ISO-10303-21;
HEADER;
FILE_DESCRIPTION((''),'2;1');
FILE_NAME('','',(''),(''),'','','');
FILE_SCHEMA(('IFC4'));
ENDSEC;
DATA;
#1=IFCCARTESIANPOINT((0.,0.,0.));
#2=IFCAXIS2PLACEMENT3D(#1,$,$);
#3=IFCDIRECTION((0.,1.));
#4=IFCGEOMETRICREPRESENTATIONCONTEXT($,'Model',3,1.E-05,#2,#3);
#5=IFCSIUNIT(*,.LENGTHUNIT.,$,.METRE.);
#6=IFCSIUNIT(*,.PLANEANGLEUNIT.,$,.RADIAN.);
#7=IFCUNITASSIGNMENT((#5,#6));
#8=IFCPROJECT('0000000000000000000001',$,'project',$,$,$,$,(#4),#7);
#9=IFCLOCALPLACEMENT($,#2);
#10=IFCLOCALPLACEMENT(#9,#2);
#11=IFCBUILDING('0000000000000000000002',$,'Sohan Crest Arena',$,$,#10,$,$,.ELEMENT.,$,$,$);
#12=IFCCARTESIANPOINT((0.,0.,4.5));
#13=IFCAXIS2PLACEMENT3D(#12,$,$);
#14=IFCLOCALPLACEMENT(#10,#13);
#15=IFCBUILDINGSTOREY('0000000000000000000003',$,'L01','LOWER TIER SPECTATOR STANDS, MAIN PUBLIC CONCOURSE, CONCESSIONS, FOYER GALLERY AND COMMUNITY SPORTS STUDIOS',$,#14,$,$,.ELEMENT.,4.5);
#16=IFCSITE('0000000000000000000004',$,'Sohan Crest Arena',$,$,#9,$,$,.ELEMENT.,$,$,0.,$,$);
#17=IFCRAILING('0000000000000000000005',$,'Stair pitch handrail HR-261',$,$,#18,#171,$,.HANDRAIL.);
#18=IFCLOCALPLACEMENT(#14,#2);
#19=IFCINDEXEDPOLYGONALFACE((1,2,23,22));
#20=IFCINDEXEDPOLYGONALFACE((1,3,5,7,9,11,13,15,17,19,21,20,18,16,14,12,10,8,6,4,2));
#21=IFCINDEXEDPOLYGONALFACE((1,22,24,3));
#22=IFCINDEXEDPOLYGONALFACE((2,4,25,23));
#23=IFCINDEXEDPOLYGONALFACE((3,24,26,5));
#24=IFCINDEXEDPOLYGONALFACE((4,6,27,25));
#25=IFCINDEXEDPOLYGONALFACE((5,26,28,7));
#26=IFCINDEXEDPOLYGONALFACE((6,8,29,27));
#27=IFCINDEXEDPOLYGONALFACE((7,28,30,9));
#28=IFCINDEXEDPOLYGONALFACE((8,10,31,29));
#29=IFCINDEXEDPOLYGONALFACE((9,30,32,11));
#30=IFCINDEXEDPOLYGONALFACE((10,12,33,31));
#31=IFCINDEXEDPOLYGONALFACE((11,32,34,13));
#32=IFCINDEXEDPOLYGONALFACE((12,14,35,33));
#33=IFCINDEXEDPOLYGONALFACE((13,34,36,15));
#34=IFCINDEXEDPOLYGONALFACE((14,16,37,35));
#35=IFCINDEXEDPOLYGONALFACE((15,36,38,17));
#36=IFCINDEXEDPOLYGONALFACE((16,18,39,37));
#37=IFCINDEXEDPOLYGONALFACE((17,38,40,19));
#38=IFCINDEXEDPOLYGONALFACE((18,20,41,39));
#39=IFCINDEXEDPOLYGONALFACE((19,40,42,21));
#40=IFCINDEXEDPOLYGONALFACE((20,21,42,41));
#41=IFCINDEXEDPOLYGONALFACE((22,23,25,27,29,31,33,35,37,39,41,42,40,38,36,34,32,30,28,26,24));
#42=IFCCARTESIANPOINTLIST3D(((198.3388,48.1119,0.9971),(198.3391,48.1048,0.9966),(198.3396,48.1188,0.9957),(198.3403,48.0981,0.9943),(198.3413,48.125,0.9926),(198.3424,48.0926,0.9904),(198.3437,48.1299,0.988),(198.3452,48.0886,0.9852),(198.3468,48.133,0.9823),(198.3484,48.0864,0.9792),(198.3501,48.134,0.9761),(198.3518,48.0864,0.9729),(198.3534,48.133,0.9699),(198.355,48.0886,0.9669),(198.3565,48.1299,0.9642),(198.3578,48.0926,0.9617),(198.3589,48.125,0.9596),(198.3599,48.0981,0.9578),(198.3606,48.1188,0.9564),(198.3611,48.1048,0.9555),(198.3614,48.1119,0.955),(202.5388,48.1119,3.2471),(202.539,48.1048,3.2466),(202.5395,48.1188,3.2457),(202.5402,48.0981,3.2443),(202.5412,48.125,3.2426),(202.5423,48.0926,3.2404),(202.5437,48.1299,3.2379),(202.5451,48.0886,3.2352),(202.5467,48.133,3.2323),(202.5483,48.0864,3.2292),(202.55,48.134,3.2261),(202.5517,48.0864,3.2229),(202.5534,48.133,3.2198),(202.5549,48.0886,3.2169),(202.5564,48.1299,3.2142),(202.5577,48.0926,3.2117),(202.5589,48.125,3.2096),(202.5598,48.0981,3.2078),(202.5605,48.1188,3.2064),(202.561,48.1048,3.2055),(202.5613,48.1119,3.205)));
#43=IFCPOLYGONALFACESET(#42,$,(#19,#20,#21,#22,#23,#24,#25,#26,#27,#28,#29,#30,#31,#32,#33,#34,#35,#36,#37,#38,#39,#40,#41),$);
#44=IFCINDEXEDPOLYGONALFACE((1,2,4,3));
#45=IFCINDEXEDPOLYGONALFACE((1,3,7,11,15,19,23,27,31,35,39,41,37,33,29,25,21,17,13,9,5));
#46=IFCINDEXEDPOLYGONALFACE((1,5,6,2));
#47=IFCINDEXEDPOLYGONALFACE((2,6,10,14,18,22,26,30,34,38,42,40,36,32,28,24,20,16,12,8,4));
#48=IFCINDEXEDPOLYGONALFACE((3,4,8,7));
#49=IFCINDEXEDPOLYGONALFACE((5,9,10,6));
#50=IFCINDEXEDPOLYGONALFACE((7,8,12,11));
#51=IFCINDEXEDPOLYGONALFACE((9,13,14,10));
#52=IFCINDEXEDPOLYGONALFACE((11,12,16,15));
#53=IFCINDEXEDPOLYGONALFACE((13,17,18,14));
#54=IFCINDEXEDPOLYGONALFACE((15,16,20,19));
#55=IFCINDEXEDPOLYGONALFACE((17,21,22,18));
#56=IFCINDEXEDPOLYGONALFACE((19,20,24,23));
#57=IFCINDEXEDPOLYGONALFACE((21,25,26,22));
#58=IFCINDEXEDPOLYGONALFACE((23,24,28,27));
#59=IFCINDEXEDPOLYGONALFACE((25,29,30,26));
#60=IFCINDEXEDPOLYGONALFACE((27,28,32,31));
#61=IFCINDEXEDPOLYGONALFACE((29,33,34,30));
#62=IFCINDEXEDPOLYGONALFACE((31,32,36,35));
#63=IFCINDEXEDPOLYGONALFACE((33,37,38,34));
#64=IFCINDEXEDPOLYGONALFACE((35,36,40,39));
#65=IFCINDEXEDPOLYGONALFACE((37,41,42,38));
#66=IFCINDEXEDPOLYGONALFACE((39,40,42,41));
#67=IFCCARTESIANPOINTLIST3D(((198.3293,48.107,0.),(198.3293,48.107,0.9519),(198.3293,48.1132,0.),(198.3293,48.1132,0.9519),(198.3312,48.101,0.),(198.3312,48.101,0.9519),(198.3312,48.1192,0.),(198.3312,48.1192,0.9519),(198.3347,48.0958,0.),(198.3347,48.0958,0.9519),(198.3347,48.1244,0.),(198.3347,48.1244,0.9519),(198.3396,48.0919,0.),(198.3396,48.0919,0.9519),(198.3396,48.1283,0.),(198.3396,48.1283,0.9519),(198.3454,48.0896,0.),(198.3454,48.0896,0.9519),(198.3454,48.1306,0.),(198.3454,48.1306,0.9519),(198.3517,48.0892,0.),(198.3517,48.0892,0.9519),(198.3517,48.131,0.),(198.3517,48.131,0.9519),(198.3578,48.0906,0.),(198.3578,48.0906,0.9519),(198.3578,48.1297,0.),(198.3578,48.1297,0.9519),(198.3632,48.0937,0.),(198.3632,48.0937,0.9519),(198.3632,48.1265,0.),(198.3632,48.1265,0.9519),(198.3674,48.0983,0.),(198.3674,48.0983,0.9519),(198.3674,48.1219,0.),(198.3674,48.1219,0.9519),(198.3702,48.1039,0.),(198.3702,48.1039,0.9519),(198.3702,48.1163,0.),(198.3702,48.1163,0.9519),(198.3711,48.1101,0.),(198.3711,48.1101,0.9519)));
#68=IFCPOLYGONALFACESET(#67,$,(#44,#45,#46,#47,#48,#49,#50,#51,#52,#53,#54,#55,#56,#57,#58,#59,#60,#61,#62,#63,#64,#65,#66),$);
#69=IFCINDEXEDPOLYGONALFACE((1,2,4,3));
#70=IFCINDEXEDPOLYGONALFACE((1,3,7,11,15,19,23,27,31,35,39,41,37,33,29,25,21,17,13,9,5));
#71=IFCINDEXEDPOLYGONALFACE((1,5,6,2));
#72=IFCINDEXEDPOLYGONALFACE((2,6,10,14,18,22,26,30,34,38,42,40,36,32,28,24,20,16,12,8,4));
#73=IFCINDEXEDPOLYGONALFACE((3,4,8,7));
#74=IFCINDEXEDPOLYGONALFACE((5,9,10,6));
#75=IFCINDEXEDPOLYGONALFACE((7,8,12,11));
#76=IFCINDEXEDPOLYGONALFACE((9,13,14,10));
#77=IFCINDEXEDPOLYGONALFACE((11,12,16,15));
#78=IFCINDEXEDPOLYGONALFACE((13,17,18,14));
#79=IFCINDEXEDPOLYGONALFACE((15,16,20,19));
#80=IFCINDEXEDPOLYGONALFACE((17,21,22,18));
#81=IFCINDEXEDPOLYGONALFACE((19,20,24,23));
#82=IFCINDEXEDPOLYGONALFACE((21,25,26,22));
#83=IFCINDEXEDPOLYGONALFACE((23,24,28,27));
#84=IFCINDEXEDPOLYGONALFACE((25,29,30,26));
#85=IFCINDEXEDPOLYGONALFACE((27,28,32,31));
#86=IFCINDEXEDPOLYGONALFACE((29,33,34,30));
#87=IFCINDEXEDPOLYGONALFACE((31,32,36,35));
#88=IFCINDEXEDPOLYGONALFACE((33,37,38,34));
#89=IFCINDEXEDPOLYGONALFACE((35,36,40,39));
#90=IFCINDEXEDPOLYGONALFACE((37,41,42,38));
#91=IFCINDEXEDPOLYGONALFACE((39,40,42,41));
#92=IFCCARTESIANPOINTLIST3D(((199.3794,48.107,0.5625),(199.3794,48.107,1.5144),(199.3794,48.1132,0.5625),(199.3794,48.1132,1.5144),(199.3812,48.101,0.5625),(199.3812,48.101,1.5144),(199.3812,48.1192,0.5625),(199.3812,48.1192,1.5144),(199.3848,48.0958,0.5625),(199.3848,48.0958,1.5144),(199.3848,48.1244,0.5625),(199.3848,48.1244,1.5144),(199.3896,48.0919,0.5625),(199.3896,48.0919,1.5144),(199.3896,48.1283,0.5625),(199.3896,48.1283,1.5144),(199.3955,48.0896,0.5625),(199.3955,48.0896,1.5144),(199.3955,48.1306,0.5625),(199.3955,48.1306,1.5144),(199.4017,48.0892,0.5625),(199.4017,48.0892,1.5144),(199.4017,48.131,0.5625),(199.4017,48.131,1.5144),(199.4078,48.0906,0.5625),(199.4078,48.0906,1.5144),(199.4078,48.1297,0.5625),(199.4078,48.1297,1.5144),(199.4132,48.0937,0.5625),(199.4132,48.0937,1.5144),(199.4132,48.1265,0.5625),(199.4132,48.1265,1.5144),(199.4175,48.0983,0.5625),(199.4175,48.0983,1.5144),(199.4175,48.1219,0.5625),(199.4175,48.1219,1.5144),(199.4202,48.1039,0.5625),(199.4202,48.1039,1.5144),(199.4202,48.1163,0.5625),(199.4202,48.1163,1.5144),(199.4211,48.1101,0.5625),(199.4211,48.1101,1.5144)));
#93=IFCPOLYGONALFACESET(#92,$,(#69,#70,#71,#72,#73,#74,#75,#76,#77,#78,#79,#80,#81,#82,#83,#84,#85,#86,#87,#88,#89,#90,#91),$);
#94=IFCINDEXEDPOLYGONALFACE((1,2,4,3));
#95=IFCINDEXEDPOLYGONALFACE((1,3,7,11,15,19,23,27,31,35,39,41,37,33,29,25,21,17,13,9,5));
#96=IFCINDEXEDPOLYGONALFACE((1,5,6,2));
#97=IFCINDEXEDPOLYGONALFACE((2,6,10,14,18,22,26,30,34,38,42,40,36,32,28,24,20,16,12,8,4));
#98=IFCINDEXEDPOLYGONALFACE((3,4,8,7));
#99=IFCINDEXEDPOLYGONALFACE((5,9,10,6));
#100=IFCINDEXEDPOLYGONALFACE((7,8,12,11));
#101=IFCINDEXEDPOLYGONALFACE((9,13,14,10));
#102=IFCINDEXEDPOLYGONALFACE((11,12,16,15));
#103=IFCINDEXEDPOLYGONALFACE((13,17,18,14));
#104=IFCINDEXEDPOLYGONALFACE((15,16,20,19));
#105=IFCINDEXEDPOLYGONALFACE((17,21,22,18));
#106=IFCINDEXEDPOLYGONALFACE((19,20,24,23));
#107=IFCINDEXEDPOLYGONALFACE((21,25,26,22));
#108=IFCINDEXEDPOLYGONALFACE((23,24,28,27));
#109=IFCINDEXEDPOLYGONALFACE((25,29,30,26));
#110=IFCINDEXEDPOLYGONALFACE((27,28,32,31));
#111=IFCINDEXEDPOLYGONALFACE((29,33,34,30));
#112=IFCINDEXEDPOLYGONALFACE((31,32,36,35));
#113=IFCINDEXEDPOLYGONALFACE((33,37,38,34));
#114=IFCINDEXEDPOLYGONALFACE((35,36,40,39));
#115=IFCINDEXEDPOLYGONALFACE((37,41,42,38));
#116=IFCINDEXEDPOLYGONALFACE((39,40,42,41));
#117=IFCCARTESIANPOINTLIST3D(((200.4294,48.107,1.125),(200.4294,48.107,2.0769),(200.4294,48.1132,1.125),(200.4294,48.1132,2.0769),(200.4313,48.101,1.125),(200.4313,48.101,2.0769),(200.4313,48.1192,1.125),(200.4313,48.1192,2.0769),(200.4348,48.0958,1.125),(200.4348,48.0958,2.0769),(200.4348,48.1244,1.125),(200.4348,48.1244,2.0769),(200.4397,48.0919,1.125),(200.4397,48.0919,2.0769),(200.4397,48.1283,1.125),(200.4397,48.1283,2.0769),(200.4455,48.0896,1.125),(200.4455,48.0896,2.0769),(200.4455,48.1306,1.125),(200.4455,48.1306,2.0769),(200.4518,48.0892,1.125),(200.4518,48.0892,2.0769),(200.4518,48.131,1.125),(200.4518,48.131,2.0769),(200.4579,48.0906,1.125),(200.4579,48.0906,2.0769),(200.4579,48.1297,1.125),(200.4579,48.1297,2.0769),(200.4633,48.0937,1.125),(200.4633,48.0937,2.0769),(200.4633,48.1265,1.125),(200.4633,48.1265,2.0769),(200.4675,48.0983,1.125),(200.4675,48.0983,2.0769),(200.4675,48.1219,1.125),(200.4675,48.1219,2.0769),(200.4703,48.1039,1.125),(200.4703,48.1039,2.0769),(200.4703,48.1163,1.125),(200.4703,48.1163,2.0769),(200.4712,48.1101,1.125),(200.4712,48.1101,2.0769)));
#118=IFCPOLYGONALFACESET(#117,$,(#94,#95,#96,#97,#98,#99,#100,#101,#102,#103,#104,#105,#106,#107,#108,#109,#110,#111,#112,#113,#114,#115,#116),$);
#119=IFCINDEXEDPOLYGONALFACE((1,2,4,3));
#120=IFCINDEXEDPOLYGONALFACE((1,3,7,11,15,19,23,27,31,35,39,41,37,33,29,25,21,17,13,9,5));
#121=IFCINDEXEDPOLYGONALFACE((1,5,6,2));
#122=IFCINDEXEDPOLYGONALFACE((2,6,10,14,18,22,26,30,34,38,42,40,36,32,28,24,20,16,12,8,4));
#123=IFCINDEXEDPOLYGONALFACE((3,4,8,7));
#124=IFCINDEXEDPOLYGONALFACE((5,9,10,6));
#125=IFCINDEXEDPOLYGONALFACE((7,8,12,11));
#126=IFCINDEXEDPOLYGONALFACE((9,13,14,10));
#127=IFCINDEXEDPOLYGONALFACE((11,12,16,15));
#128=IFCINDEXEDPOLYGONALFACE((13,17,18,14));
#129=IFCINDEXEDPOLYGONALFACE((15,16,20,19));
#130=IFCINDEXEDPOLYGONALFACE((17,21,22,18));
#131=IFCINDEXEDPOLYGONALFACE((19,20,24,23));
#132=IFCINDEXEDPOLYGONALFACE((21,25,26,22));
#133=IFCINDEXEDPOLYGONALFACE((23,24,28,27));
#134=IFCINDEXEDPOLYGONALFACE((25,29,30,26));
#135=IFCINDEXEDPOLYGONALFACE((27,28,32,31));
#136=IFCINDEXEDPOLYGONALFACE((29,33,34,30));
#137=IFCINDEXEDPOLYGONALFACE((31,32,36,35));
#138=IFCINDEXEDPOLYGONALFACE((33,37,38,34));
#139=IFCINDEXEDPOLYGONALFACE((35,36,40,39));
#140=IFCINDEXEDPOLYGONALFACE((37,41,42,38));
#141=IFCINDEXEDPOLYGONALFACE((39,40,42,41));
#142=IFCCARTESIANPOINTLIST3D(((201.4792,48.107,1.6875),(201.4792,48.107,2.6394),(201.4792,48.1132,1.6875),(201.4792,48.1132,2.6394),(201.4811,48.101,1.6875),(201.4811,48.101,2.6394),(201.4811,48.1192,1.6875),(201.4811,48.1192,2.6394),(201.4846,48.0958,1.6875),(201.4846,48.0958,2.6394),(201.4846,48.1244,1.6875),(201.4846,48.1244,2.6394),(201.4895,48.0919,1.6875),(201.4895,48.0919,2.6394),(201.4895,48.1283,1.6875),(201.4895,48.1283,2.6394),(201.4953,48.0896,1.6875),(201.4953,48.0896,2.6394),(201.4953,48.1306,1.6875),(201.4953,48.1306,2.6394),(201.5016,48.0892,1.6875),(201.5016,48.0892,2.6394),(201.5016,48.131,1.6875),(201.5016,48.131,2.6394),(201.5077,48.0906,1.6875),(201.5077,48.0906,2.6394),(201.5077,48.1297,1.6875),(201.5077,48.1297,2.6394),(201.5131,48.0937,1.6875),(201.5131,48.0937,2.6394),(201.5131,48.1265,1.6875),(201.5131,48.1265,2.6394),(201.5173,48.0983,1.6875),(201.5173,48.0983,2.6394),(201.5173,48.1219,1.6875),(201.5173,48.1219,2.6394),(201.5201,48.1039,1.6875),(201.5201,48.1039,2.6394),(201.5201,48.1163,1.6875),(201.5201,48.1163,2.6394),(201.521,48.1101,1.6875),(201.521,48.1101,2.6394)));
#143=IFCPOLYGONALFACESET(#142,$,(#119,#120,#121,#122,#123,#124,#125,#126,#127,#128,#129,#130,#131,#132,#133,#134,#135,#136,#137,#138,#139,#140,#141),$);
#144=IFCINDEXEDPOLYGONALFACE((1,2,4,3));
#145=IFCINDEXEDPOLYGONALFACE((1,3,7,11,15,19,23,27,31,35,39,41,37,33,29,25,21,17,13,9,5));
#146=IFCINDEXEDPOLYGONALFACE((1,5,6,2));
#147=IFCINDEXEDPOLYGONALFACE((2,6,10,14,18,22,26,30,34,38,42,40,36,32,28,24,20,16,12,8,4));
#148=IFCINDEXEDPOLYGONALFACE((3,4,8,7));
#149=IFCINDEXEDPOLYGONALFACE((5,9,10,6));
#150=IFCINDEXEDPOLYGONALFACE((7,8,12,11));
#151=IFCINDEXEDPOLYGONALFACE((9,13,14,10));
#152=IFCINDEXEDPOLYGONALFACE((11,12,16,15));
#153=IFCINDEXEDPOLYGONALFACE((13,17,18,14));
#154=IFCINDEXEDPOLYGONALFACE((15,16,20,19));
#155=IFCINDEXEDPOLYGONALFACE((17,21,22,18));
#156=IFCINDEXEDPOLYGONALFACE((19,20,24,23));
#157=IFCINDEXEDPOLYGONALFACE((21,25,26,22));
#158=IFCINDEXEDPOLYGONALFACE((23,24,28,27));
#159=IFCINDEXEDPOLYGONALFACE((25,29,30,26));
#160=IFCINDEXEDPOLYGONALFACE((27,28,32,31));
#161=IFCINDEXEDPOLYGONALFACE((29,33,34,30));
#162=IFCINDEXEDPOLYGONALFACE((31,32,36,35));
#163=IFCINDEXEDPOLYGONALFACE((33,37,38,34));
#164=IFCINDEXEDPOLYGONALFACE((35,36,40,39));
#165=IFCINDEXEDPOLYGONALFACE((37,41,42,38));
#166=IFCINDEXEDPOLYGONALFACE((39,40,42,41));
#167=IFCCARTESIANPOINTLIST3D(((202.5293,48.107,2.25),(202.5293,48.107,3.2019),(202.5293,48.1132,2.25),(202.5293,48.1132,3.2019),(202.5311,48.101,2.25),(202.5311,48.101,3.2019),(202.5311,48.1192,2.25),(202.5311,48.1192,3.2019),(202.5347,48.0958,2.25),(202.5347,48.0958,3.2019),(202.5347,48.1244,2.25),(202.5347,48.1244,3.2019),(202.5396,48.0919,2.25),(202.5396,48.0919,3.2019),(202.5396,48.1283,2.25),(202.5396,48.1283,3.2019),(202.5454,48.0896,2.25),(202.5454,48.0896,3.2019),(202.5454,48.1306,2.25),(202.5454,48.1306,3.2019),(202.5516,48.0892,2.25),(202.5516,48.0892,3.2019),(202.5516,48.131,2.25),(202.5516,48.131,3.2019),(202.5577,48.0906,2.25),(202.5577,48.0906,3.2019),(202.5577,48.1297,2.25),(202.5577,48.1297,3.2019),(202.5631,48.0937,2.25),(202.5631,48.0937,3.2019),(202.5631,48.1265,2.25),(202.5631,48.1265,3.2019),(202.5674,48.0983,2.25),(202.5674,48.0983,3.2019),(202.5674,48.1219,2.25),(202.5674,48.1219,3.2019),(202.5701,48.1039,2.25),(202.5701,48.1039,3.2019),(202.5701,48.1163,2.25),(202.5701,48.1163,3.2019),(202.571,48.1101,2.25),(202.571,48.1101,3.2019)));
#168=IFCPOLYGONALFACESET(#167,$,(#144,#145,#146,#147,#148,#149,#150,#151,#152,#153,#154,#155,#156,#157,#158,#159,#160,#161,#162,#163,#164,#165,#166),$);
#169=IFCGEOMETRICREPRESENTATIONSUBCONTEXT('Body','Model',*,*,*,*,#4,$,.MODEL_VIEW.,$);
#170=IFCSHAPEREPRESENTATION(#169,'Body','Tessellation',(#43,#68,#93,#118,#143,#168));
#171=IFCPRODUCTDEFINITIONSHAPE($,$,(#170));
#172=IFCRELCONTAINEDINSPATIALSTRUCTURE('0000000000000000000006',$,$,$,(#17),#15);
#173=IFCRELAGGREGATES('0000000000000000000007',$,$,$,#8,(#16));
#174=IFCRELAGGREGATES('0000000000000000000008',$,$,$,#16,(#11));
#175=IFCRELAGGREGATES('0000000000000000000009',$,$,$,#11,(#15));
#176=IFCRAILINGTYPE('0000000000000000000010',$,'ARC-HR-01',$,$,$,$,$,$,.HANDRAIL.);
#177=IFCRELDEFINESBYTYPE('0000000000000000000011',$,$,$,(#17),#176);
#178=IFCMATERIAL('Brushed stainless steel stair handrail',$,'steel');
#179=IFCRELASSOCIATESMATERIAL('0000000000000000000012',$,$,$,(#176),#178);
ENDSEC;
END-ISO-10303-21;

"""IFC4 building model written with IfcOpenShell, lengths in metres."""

from ifc_helpers import new_model, si_unit, direction, frame, origin, origin_2d, place, context, subcontext, project, spatial, circle, extrude, material, type_object, element, save


model = new_model("IFC4")

# Units and contexts
model_context = context("Model", 3, precision=1e-05, world=origin(), true_north=direction((0.0, 1.0)))
body_context = subcontext(model_context, "Body", "Model", "MODEL_VIEW")
ifc_project = project(units=[si_unit("LENGTHUNIT", "METRE"), si_unit("PLANEANGLEUNIT", "RADIAN")], contexts=[model_context])

# Site, building, storey
site_placement = place(None, origin())
site = spatial("IfcSite", under=ifc_project, at=site_placement, Name="Sohan Crest Arena", CompositionType="ELEMENT", RefElevation=0.0)
building_placement = place(site_placement, origin())
building = spatial("IfcBuilding", under=site, at=building_placement, Name="Sohan Crest Arena", CompositionType="ELEMENT")
storey_placement = place(building_placement, frame((0.0, 0.0, 4.5)))
storey = spatial("IfcBuildingStorey", under=building, at=storey_placement, Name="L01", Description="LOWER TIER SPECTATOR STANDS, MAIN PUBLIC CONCOURSE, CONCESSIONS, FOYER GALLERY AND COMMUNITY SPORTS STUDIOS", CompositionType="ELEMENT", Elevation=4.5)

# Railing
ifc_material_1 = material(Name="Brushed stainless steel stair handrail", Category="steel")
railing_type_1 = type_object("IfcRailingType", Name="ARC-HR-01", PredefinedType="HANDRAIL", material=ifc_material_1)
for number, where, name in (
    (1, (198.3501, 48.1101, 0.0), "Stair pitch handrail HR-261"),
):
    element("IfcRailing", number, at=place(storey_placement, frame(where)), inside=storey, type_object=railing_type_1, Name=name, PredefinedType="HANDRAIL", context=body_context, shape_type="SweptSolid", body=[
        extrude(circle(Radius=0.0239, at=origin_2d()), frame((0.0, 0.0, 0.9761), z_axis=(0.881478, 0.0, 0.472226), x_axis=(0.0, 1.0, 0.0)), (0.0, 0.0, 1.0), 4.7646),
        extrude(circle(Radius=0.021, at=origin_2d()), origin(), (0.0, 0.0, 1.0), 0.9519),
        extrude(circle(Radius=0.021, at=origin_2d()), frame((1.05, 0.0, 0.5625)), (0.0, 0.0, 1.0), 0.9519),
        extrude(circle(Radius=0.021, at=origin_2d()), frame((2.1001, 0.0, 1.125)), (0.0, 0.0, 1.0), 0.9519),
        extrude(circle(Radius=0.021, at=origin_2d()), frame((3.1499, 0.0, 1.6875)), (0.0, 0.0, 1.0), 0.9519),
        extrude(circle(Radius=0.021, at=origin_2d()), frame((4.2, 0.0, 2.25)), (0.0, 0.0, 1.0), 0.9519),
    ])

save(model, "model.ifc")
